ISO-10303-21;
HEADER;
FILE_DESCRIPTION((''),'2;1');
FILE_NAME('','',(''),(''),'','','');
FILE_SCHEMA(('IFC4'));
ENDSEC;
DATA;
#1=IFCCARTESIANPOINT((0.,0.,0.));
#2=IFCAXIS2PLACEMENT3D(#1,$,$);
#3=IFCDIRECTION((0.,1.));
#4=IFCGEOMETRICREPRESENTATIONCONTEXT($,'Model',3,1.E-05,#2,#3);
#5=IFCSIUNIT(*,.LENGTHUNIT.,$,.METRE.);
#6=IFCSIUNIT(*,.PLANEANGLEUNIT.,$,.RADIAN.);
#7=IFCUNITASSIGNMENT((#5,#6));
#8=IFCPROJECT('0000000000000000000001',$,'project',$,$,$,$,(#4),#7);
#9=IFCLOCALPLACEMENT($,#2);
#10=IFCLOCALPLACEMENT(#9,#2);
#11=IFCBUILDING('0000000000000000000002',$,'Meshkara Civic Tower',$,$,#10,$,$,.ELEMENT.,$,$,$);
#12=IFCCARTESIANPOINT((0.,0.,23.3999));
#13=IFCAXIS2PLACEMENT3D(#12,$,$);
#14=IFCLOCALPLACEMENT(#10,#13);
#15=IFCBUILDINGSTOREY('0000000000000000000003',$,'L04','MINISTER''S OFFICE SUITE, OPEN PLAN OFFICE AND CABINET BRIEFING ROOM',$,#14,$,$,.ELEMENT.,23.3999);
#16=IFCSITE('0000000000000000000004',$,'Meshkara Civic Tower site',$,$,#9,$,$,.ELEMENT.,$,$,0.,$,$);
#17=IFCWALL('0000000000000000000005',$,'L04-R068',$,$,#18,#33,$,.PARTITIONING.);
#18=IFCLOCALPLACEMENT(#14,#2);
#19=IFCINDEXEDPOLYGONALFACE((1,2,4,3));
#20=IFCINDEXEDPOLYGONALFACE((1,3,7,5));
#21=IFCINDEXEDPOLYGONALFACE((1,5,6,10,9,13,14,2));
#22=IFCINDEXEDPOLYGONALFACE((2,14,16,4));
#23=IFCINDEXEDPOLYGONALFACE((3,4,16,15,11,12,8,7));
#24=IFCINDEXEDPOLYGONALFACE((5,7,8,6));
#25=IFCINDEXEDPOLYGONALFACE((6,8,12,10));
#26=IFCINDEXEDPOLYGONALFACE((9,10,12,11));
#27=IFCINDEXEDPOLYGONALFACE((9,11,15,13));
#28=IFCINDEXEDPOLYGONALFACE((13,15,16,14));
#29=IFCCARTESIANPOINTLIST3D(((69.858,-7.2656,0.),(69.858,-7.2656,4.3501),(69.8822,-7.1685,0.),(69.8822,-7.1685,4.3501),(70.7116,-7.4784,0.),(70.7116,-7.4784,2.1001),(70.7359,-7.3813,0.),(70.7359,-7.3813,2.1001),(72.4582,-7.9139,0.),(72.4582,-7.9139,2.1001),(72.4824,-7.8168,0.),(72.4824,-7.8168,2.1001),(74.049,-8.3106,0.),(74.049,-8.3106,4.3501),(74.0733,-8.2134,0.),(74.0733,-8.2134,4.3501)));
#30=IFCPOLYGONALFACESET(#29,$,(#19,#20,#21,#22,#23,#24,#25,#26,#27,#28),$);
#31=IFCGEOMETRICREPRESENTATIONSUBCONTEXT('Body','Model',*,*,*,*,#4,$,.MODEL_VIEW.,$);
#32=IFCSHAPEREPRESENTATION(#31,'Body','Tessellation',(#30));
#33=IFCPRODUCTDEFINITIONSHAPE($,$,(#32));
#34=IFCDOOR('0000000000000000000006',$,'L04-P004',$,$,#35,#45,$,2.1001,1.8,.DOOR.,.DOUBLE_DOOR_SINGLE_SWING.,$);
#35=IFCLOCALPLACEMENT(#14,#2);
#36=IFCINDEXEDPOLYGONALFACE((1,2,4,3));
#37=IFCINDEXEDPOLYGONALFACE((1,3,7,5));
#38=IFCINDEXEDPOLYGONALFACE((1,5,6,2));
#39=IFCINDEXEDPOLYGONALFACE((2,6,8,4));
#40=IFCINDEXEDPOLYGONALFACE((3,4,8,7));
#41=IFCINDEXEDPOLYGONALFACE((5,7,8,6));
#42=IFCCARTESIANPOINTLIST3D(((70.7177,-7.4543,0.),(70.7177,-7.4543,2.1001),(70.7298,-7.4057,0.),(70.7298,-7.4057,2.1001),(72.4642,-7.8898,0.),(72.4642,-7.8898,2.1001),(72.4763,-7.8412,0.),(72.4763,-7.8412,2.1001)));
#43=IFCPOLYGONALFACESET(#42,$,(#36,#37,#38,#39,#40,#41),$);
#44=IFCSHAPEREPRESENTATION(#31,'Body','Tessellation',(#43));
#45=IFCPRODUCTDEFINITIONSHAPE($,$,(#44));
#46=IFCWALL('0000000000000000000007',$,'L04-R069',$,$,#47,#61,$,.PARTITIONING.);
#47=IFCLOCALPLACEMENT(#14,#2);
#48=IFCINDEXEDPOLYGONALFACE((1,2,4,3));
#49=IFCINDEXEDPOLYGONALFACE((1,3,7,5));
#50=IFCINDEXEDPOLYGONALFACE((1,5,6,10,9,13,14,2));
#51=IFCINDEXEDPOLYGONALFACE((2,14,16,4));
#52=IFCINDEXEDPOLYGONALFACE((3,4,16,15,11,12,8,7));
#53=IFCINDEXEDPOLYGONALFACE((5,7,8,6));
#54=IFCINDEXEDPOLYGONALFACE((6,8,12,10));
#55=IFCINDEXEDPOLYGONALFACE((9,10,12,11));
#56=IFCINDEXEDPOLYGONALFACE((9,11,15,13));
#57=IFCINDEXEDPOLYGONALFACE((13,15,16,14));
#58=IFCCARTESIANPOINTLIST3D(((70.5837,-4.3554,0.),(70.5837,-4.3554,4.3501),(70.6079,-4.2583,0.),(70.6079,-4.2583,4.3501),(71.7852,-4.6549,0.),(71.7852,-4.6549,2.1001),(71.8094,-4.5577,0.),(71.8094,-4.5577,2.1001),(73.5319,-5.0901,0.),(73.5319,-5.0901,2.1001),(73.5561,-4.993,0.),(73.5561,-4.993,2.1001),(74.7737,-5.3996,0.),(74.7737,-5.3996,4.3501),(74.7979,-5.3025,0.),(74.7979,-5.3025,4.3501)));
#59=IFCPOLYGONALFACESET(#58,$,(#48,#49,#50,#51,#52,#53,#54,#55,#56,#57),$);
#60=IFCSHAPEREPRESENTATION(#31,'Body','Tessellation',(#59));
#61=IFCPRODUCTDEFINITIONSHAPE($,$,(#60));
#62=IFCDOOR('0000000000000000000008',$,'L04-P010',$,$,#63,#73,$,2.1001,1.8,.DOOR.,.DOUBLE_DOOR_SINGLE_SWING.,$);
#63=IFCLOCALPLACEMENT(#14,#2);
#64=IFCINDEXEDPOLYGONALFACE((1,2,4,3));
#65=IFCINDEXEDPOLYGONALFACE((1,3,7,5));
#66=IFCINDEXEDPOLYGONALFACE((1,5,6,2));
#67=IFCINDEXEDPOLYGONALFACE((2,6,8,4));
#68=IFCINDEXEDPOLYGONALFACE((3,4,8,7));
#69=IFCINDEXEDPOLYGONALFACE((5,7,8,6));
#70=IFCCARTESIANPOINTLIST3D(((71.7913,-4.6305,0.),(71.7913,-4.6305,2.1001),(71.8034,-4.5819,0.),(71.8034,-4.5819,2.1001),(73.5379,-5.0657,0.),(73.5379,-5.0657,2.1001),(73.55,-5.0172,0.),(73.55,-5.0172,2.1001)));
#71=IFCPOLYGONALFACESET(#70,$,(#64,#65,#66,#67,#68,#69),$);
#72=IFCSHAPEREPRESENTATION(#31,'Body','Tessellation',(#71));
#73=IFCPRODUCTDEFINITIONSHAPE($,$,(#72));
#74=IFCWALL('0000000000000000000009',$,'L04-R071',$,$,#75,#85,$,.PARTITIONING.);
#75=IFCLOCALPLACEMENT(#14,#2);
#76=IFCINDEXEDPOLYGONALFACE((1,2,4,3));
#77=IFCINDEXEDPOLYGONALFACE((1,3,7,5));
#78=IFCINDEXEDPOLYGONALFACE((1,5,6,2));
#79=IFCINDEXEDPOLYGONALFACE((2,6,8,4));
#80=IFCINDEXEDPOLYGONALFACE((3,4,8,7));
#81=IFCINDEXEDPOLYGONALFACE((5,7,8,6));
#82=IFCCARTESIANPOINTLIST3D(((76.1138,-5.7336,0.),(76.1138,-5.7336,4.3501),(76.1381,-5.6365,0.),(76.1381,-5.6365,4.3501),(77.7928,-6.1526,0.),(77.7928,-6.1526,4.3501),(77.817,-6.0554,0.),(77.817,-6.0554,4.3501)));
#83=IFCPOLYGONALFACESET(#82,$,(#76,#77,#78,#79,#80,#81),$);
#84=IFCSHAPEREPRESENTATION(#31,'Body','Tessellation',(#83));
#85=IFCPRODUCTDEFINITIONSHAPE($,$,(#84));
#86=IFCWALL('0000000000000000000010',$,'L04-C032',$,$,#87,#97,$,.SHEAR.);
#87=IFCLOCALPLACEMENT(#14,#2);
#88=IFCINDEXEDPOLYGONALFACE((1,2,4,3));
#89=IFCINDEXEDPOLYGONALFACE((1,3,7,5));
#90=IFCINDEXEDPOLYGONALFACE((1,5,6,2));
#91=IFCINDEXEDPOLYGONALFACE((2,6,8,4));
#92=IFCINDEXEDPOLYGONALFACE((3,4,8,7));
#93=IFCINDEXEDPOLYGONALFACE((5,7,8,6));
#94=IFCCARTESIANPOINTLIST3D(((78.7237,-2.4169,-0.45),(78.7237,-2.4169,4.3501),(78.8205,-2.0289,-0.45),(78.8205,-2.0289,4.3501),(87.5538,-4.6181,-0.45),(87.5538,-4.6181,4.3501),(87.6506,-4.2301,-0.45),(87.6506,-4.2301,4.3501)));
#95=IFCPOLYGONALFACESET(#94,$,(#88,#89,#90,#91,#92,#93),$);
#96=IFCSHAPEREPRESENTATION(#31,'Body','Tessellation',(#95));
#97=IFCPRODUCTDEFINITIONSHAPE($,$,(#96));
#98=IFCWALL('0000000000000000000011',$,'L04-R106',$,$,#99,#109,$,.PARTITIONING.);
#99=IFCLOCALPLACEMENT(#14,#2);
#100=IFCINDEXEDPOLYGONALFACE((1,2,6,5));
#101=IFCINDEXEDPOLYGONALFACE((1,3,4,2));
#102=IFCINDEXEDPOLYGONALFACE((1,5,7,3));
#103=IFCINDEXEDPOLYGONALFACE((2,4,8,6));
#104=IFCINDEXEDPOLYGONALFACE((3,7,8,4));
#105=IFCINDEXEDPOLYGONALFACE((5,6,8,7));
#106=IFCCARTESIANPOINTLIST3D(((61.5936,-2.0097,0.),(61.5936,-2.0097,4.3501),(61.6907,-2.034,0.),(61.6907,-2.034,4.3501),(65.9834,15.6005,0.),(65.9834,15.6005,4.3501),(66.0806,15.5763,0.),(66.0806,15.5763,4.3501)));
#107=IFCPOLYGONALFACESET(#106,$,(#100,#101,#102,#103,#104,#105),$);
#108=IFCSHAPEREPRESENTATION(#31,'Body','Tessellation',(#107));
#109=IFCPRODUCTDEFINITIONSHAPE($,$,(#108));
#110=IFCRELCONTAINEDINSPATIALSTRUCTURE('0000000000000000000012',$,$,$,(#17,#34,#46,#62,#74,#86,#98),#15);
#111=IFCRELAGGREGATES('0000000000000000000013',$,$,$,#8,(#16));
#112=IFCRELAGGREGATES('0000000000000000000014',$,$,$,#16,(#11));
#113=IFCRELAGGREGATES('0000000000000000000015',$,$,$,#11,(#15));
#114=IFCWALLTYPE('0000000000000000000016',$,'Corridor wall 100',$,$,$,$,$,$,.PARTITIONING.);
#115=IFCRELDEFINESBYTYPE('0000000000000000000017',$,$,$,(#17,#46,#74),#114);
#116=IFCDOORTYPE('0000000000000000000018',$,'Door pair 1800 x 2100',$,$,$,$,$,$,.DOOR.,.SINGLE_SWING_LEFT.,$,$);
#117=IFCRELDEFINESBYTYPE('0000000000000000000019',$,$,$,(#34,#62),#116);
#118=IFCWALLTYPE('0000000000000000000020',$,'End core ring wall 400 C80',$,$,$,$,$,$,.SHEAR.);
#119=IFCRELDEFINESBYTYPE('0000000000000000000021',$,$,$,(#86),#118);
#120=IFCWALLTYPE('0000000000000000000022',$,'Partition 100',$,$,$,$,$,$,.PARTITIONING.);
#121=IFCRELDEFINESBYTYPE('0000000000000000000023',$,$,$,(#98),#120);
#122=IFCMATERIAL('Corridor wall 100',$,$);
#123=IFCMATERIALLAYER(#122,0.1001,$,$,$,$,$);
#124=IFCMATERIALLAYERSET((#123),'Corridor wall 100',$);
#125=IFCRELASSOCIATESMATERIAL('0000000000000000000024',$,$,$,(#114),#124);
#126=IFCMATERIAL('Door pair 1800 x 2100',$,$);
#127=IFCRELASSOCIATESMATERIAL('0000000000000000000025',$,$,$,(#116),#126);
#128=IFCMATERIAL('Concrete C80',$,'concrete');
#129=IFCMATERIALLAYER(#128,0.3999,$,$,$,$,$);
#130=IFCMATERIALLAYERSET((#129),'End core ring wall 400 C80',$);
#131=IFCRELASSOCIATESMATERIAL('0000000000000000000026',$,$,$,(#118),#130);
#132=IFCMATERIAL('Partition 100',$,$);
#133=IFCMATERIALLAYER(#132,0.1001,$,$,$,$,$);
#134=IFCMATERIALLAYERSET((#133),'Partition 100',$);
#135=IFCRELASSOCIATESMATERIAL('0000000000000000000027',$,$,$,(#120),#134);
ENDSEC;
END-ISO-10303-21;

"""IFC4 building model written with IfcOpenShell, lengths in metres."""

from ifc_helpers import new_model, si_unit, direction, frame, frame_2d, origin, place, context, subcontext, project, spatial, rectangle, extrude, material, layer, layer_set, type_object, element, fill, save


model = new_model("IFC4")

# Units and contexts
model_context = context("Model", 3, precision=1e-05, world=origin(), true_north=direction((0.0, 1.0)))
body_context = subcontext(model_context, "Body", "Model", "MODEL_VIEW")
ifc_project = project(units=[si_unit("LENGTHUNIT", "METRE"), si_unit("PLANEANGLEUNIT", "RADIAN")], contexts=[model_context])

# Site, building, storey
site_placement = place(None, origin())
site = spatial("IfcSite", under=ifc_project, at=site_placement, Name="Meshkara Civic Tower site", CompositionType="ELEMENT", RefElevation=0.0)
building_placement = place(site_placement, origin())
building = spatial("IfcBuilding", under=site, at=building_placement, Name="Meshkara Civic Tower", CompositionType="ELEMENT")
storey_placement = place(building_placement, frame((0.0, 0.0, 23.3999)))
storey = spatial("IfcBuildingStorey", under=building, at=storey_placement, Name="L04", Description="MINISTER'S OFFICE SUITE, OPEN PLAN OFFICE AND CABINET BRIEFING ROOM", CompositionType="ELEMENT", Elevation=23.3999)

# Shared definitions
ifc_material_1 = material(Name="Corridor wall 100")
ifc_layer_1 = layer(ifc_material_1, 0.1001)
ifc_layer_set_1 = layer_set([ifc_layer_1], Name="Corridor wall 100")
wall_type_1 = type_object("IfcWallType", Name="Corridor wall 100", PredefinedType="PARTITIONING", material=ifc_layer_set_1)

# Walls, openings, doors
wall_1_placement = place(storey_placement, frame((69.8701, -7.217, 0.0), z_axis=(0.0, 0.0, 1.0), x_axis=(0.970295, -0.241924, 0.0)))
wall_1 = element("IfcWall", 1, at=wall_1_placement, inside=storey, type_object=wall_type_1, Name="L04-R068", PredefinedType="PARTITIONING", context=body_context, shape_type="SweptSolid", body=[
    extrude(rectangle(XDim=4.3193, YDim=0.1001, at=frame_2d((2.1597, 0.0))), origin(), (0.0, 0.0, 1.0), 4.3501),
])
opening_1_placement = place(wall_1_placement, frame((0.8799, 0.0, 0.0)))
opening_1 = element("IfcOpeningElement", 2, at=opening_1_placement, cuts=wall_1, PredefinedType="OPENING", context=body_context, shape_type="SweptSolid", body=[
    extrude(rectangle(XDim=1.8, YDim=2.1001, at=frame_2d((0.8999, 1.05))), frame((0.0, 0.0601, 0.0), z_axis=(0.0, -1.0, 0.0), x_axis=(1.0, 0.0, 0.0)), (0.0, 0.0, 1.0), 0.1201),
])
ifc_material_2 = material(Name="Door pair 1800 x 2100")
door_type_1 = type_object("IfcDoorType", Name="Door pair 1800 x 2100", OperationType="SINGLE_SWING_LEFT", PredefinedType="DOOR", material=ifc_material_2)
door_1_placement = place(opening_1_placement, origin())
door_1 = element("IfcDoor", 3, at=door_1_placement, inside=storey, type_object=door_type_1, Name="L04-P004", OperationType="DOUBLE_DOOR_SINGLE_SWING", OverallHeight=2.1001, OverallWidth=1.8, PredefinedType="DOOR", context=body_context, shape_type="SweptSolid", body=[
    extrude(rectangle(XDim=1.8, YDim=2.1001, at=frame_2d((0.8999, 1.05))), frame((0.0, 0.0249, 0.0), z_axis=(0.0, -1.0, 0.0), x_axis=(1.0, 0.0, 0.0)), (0.0, 0.0, 1.0), 0.05),
])
fill(opening_1, door_1)
wall_2_placement = place(storey_placement, frame((74.7859, -5.3511, 0.0), z_axis=(0.0, 0.0, 1.0), x_axis=(-0.970322, 0.241817, 0.0)))
wall_2 = element("IfcWall", 4, at=wall_2_placement, inside=storey, type_object=wall_type_1, Name="L04-R069", PredefinedType="PARTITIONING", context=body_context, shape_type="SweptSolid", body=[
    extrude(rectangle(XDim=4.3181, YDim=0.1001, at=frame_2d((2.1592, 0.0))), origin(), (0.0, 0.0, 1.0), 4.3501),
])
opening_2_placement = place(wall_2_placement, frame((1.28, 0.0, 0.0)))
opening_2 = element("IfcOpeningElement", 5, at=opening_2_placement, cuts=wall_2, PredefinedType="OPENING", context=body_context, shape_type="SweptSolid", body=[
    extrude(rectangle(XDim=1.8, YDim=2.1001, at=frame_2d((0.8999, 1.05))), frame((0.0, 0.0601, 0.0), z_axis=(0.0, -1.0, 0.0), x_axis=(1.0, 0.0, 0.0)), (0.0, 0.0, 1.0), 0.1201),
])
door_2_placement = place(opening_2_placement, origin())
door_2 = element("IfcDoor", 6, at=door_2_placement, inside=storey, type_object=door_type_1, Name="L04-P010", OperationType="DOUBLE_DOOR_SINGLE_SWING", OverallHeight=2.1001, OverallWidth=1.8, PredefinedType="DOOR", context=body_context, shape_type="SweptSolid", body=[
    extrude(rectangle(XDim=1.8, YDim=2.1001, at=frame_2d((0.8999, 1.05))), frame((0.0, 0.0249, 0.0), z_axis=(0.0, -1.0, 0.0), x_axis=(1.0, 0.0, 0.0)), (0.0, 0.0, 1.0), 0.05),
])
fill(opening_2, door_2)

# Walls
wall_3_placement = place(storey_placement, frame((77.8049, -6.104, 0.0), z_axis=(0.0, 0.0, 1.0), x_axis=(-0.97025, 0.242104, 0.0)))
element("IfcWall", 7, at=wall_3_placement, inside=storey, type_object=wall_type_1, Name="L04-R071", PredefinedType="PARTITIONING", context=body_context, shape_type="SweptSolid", body=[
    extrude(rectangle(XDim=1.7305, YDim=0.1001, at=frame_2d((0.8652, 0.0))), origin(), (0.0, 0.0, 1.0), 4.3501),
])
ifc_material_3 = material(Name="Concrete C80", Category="concrete")
ifc_layer_2 = layer(ifc_material_3, 0.3999)
ifc_layer_set_2 = layer_set([ifc_layer_2], Name="End core ring wall 400 C80")
wall_type_2 = type_object("IfcWallType", Name="End core ring wall 400 C80", PredefinedType="SHEAR", material=ifc_layer_set_2)
wall_4_placement = place(storey_placement, frame((78.772, -2.2229, -0.45), z_axis=(0.0, 0.0, 1.0), x_axis=(0.970306, -0.241879, 0.0)))
element("IfcWall", 8, at=wall_4_placement, inside=storey, type_object=wall_type_2, Name="L04-C032", PredefinedType="SHEAR", context=body_context, shape_type="SweptSolid", body=[
    extrude(rectangle(XDim=9.1003, YDim=0.3999, at=frame_2d((4.5503, 0.0))), origin(), (0.0, 0.0, 1.0), 4.8),
])
ifc_material_4 = material(Name="Partition 100")
ifc_layer_3 = layer(ifc_material_4, 0.1001)
ifc_layer_set_3 = layer_set([ifc_layer_3], Name="Partition 100")
wall_type_3 = type_object("IfcWallType", Name="Partition 100", PredefinedType="PARTITIONING", material=ifc_layer_set_3)
wall_5_placement = place(storey_placement, frame((61.6421, -2.022, 0.0), z_axis=(0.0, 0.0, 1.0), x_axis=(0.241877, 0.970307, 0.0)))
element("IfcWall", 9, at=wall_5_placement, inside=storey, type_object=wall_type_3, Name="L04-R106", PredefinedType="PARTITIONING", context=body_context, shape_type="SweptSolid", body=[
    extrude(rectangle(XDim=18.1492, YDim=0.1001, at=frame_2d((9.0747, 0.0))), origin(), (0.0, 0.0, 1.0), 4.3501),
])

save(model, "model.ifc")
